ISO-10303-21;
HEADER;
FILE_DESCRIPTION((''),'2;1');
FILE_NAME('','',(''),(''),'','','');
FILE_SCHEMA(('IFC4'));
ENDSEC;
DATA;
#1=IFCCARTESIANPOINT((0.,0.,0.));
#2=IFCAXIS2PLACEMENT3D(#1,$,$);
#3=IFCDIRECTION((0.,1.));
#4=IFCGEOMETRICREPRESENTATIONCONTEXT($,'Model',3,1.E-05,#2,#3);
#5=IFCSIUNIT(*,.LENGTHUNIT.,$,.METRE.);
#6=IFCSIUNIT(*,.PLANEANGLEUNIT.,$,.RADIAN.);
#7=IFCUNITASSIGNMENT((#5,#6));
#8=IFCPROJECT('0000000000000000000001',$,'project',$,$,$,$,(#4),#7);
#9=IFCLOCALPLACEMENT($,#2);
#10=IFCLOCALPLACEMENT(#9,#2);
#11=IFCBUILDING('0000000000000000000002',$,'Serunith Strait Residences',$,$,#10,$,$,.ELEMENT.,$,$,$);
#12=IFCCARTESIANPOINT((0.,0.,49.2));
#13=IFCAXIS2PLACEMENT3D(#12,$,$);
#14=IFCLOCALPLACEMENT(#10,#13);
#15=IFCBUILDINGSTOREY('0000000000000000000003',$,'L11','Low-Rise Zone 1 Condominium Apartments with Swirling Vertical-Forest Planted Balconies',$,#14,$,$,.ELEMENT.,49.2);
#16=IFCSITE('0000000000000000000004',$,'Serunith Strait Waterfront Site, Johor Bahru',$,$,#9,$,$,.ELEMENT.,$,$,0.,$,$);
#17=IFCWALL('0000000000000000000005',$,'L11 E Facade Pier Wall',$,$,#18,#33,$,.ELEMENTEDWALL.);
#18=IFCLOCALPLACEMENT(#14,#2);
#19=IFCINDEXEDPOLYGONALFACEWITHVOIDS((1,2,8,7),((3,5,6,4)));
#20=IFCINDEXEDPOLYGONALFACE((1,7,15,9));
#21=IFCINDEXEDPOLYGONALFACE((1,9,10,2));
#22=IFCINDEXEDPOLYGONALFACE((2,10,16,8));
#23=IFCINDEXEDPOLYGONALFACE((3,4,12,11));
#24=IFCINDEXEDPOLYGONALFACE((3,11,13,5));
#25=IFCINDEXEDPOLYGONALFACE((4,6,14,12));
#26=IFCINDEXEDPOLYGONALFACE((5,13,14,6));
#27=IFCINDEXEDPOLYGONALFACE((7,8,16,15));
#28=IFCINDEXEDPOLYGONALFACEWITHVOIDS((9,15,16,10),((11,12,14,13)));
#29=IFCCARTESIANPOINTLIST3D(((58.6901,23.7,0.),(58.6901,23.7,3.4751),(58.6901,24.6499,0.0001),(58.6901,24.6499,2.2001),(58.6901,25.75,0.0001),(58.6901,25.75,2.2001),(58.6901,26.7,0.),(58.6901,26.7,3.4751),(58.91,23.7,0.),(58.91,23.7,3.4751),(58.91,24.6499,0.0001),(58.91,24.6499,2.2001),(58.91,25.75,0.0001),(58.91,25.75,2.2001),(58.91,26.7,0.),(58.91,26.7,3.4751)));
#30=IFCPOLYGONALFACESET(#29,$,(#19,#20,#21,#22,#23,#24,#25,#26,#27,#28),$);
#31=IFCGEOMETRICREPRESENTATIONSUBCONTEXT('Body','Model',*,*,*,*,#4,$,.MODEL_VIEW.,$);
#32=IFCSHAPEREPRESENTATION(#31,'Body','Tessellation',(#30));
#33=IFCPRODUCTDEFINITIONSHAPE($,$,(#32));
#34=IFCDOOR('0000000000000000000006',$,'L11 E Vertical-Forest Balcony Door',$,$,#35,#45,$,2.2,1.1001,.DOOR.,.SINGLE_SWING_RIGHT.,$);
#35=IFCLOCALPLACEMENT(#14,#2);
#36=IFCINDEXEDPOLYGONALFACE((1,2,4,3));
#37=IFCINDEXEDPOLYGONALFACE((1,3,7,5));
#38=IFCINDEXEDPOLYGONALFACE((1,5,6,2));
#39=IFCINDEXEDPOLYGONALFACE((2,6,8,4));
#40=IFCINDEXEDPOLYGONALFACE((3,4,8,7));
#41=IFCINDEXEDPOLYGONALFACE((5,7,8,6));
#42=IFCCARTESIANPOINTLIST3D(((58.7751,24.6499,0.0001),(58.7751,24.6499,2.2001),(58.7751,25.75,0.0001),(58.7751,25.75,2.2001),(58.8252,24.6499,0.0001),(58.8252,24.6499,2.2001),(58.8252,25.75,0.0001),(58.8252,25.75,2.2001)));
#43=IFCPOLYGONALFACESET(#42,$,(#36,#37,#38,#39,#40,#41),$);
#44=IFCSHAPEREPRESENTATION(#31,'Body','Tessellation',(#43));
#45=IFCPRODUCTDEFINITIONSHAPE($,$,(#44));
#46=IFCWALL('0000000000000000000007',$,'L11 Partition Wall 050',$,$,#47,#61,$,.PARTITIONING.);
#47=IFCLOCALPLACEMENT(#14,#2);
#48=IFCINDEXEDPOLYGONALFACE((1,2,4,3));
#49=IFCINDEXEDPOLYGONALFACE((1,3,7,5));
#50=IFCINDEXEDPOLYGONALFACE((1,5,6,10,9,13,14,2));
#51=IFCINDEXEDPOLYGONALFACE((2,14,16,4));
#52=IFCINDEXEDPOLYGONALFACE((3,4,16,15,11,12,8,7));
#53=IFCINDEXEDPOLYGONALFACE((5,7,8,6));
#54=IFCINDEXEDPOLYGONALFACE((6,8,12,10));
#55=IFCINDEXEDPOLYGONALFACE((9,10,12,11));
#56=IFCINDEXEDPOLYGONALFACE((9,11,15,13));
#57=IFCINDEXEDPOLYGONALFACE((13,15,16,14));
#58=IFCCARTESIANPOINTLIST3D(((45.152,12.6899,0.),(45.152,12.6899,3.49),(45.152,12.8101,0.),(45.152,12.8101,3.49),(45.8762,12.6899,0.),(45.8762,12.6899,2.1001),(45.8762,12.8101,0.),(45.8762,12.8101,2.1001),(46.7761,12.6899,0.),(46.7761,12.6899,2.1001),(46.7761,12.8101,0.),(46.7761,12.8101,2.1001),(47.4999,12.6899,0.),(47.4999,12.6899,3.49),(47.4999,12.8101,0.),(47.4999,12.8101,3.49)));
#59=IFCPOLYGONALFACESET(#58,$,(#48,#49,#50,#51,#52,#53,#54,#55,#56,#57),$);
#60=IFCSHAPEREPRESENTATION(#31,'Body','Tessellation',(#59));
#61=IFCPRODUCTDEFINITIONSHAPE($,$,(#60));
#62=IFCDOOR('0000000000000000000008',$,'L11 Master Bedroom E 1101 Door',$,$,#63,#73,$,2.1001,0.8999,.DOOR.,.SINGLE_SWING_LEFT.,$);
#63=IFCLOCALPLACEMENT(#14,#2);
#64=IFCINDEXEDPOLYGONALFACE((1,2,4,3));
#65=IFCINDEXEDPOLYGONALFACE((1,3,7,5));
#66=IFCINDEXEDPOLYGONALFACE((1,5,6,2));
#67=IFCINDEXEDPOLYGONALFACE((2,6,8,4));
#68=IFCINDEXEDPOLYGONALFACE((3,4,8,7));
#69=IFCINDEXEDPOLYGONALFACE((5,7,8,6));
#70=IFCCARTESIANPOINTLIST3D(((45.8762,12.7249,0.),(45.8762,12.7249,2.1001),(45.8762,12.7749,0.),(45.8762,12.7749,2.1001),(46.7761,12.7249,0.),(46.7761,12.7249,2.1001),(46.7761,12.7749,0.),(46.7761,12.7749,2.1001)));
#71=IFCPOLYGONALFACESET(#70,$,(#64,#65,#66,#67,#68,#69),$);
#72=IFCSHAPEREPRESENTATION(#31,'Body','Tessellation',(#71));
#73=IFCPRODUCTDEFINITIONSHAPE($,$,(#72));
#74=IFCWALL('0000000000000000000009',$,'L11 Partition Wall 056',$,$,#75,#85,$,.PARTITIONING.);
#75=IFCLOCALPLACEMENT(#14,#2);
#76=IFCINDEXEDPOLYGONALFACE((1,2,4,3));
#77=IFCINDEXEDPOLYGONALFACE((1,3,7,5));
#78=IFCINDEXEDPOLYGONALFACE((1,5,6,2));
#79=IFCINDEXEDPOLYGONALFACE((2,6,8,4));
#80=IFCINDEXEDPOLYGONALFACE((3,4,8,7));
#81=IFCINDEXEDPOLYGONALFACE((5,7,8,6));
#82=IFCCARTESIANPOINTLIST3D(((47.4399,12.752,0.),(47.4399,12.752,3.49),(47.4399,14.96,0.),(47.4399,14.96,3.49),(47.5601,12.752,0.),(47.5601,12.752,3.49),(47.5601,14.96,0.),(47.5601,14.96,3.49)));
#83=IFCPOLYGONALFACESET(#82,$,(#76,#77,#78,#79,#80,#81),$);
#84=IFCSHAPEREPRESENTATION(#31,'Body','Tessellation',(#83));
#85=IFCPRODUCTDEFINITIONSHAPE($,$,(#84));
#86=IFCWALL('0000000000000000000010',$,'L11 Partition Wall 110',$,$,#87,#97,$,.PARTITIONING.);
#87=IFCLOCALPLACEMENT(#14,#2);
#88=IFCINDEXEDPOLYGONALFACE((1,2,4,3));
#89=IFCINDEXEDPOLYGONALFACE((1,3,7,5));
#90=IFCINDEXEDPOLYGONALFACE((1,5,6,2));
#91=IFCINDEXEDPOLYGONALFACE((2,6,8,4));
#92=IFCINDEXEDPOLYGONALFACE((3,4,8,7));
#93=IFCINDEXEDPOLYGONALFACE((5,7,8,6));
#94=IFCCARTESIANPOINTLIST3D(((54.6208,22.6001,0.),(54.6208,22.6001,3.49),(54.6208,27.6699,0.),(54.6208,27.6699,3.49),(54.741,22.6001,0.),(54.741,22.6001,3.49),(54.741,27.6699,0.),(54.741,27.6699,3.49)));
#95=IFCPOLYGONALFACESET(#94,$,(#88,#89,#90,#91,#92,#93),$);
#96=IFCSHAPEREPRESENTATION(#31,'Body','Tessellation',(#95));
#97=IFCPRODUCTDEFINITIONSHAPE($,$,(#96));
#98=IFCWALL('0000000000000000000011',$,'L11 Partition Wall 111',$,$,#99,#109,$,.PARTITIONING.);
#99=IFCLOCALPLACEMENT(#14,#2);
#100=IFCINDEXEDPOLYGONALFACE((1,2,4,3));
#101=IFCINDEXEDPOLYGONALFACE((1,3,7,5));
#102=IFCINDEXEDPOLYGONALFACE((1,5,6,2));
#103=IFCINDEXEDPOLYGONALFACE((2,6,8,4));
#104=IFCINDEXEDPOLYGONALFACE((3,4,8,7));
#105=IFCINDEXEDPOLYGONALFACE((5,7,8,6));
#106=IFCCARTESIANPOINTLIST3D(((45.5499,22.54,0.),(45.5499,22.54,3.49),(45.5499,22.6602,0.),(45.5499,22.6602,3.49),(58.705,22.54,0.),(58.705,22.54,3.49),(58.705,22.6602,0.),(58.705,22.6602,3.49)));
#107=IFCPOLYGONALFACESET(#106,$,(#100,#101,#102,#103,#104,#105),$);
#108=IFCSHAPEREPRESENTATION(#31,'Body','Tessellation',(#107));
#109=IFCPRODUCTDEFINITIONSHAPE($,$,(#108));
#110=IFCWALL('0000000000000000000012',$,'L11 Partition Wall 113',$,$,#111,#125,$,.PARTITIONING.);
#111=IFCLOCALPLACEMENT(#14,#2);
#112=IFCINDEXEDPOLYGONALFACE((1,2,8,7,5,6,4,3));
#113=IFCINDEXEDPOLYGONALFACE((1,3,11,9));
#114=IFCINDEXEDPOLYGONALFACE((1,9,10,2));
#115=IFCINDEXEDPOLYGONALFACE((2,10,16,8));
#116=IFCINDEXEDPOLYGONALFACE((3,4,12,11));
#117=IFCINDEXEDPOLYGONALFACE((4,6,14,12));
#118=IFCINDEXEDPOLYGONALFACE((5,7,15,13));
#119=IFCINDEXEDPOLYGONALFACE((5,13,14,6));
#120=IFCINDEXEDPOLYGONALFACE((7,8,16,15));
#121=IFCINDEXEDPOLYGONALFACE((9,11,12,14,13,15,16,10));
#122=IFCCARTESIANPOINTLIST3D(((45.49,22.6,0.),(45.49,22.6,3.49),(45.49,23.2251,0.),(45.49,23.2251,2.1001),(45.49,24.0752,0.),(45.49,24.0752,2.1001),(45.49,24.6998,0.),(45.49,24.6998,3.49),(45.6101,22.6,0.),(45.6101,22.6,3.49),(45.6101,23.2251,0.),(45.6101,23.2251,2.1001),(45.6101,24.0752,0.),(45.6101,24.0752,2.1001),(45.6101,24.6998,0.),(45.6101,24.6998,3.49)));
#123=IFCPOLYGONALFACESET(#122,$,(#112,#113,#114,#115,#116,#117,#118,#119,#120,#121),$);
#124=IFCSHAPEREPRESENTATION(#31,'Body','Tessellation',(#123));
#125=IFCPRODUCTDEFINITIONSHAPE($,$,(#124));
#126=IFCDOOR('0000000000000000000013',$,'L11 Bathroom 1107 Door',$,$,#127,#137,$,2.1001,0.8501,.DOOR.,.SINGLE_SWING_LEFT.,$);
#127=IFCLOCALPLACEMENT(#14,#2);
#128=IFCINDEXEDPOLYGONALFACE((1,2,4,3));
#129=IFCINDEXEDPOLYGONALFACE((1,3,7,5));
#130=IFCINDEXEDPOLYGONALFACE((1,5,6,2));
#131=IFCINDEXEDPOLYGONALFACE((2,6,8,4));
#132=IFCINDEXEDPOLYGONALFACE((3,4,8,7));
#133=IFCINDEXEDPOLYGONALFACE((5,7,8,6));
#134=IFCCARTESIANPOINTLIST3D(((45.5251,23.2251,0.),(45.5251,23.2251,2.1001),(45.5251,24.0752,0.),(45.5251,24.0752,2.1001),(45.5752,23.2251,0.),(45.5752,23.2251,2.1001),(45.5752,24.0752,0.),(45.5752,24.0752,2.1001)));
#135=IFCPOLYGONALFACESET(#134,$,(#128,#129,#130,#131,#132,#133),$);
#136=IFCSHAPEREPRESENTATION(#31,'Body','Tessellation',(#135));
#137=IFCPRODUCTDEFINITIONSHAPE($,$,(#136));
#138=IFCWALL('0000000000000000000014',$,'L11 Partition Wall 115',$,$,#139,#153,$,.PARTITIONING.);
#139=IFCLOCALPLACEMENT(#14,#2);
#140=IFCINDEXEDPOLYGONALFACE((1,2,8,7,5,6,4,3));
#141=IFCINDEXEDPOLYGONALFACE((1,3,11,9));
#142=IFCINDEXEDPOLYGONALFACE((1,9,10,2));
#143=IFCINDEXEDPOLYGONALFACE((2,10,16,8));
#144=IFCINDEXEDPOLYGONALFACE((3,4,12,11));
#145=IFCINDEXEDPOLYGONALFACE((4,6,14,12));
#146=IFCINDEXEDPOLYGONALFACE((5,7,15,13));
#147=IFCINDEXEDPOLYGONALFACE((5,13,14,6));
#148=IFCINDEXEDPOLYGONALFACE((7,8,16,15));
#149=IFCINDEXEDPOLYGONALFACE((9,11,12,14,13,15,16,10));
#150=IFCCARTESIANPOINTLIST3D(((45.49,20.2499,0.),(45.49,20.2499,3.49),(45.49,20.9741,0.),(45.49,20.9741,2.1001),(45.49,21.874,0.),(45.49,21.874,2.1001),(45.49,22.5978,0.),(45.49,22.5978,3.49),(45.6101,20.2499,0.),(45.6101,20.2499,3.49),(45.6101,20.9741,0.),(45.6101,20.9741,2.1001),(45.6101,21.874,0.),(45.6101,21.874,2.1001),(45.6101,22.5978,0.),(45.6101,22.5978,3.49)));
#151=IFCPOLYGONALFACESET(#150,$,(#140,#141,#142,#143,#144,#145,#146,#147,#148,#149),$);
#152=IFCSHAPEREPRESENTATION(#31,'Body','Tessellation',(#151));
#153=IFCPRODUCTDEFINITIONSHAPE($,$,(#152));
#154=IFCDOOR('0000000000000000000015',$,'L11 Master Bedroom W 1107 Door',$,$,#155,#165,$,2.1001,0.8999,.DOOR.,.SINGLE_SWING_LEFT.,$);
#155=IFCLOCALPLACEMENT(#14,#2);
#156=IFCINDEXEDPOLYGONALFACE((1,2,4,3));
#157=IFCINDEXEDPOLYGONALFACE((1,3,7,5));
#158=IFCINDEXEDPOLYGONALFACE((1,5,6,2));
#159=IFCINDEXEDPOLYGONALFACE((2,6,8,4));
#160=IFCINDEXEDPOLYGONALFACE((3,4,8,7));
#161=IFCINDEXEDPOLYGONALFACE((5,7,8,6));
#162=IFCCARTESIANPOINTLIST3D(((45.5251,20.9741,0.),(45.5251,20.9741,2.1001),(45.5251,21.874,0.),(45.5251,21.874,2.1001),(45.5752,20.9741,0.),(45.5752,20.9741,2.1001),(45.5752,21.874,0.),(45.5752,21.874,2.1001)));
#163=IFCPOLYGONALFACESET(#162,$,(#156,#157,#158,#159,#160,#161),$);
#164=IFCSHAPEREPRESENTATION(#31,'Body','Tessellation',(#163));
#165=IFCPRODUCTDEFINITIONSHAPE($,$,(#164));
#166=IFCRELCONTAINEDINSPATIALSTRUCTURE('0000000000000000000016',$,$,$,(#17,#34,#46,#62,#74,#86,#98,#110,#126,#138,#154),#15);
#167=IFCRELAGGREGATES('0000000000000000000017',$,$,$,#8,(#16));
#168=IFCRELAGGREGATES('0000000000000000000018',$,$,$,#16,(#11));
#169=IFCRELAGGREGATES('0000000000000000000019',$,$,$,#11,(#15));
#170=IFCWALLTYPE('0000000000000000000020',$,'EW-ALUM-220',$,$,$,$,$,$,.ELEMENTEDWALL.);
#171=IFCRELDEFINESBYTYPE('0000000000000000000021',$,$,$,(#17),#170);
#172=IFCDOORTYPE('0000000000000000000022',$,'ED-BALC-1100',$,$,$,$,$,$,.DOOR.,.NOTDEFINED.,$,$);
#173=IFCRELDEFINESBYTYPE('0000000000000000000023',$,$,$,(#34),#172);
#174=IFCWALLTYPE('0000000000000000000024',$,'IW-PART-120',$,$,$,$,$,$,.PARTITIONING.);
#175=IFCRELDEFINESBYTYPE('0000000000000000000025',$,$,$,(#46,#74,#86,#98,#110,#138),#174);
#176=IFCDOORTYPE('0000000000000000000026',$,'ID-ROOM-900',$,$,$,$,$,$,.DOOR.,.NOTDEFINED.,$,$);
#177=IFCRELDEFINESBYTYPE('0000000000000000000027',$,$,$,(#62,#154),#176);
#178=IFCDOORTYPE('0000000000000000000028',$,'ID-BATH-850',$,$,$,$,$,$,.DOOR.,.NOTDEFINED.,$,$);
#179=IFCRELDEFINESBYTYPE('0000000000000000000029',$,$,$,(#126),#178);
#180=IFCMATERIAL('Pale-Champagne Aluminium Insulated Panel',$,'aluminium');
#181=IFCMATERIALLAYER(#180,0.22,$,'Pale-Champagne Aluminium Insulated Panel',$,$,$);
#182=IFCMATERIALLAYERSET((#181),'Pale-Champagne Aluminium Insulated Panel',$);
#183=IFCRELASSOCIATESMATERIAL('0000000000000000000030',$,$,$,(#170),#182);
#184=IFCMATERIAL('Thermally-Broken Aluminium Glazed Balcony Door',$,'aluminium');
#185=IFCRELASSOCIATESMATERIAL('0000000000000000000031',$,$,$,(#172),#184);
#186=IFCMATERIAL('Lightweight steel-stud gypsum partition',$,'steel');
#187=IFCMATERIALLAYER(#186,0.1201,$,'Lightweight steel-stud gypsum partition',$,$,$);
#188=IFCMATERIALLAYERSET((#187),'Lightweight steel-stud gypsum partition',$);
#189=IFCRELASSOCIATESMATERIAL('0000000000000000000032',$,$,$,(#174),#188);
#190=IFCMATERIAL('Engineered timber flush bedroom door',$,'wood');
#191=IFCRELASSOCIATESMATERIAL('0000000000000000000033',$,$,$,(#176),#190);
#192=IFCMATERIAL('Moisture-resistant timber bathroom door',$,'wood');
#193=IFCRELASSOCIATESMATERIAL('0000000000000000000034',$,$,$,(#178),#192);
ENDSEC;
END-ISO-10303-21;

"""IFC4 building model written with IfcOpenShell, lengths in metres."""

from ifc_helpers import new_model, si_unit, direction, frame, frame_2d, origin, place, context, subcontext, project, spatial, rectangle, extrude, source, transform, mapped, material, layer, layer_set, type_object, element, fill, save


model = new_model("IFC4")

# Units and contexts
model_context = context("Model", 3, precision=1e-05, world=origin(), true_north=direction((0.0, 1.0)))
body_context = subcontext(model_context, "Body", "Model", "MODEL_VIEW")
ifc_project = project(units=[si_unit("LENGTHUNIT", "METRE"), si_unit("PLANEANGLEUNIT", "RADIAN")], contexts=[model_context])

# Site, building, storey
site_placement = place(None, origin())
site = spatial("IfcSite", under=ifc_project, at=site_placement, Name="Serunith Strait Waterfront Site, Johor Bahru", CompositionType="ELEMENT", RefElevation=0.0)
building_placement = place(site_placement, origin())
building = spatial("IfcBuilding", under=site, at=building_placement, Name="Serunith Strait Residences", CompositionType="ELEMENT")
storey_placement = place(building_placement, frame((0.0, 0.0, 49.2)))
storey = spatial("IfcBuildingStorey", under=building, at=storey_placement, Name="L11", Description="Low-Rise Zone 1 Condominium Apartments with Swirling Vertical-Forest Planted Balconies", CompositionType="ELEMENT", Elevation=49.2)

# Walls, openings, doors
ifc_material_1 = material(Name="Pale-Champagne Aluminium Insulated Panel", Category="aluminium")
ifc_layer_1 = layer(ifc_material_1, 0.22, Name="Pale-Champagne Aluminium Insulated Panel")
ifc_layer_set_1 = layer_set([ifc_layer_1], Name="Pale-Champagne Aluminium Insulated Panel")
wall_type_1 = type_object("IfcWallType", Name="EW-ALUM-220", PredefinedType="ELEMENTEDWALL", material=ifc_layer_set_1)
wall_1_placement = place(storey_placement, frame((58.8, 23.7, 0.0), z_axis=(0.0, 0.0, 1.0), x_axis=(0.0, 1.0, 0.0)))
wall_1 = element("IfcWall", 1, at=wall_1_placement, inside=storey, type_object=wall_type_1, Name="L11 E Facade Pier Wall", PredefinedType="ELEMENTEDWALL", context=body_context, shape_type="SweptSolid", body=[
    extrude(rectangle(XDim=3.0, YDim=0.22, at=frame_2d((1.5, 0.0))), origin(), (0.0, 0.0, 1.0), 3.4751),
])
opening_1_placement = place(wall_1_placement, frame((0.95, 0.0, 0.0)))
opening_1 = element("IfcOpeningElement", 2, at=opening_1_placement, cuts=wall_1, PredefinedType="OPENING", context=body_context, shape_type="SweptSolid", body=[
    extrude(rectangle(XDim=1.1001, YDim=2.2, at=frame_2d((0.55, 1.1001))), frame((0.0, 0.1201, 0.0), z_axis=(0.0, -1.0, 0.0), x_axis=(1.0, 0.0, 0.0)), (0.0, 0.0, 1.0), 0.24),
])
ifc_material_2 = material(Name="Thermally-Broken Aluminium Glazed Balcony Door", Category="aluminium")
door_type_1 = type_object("IfcDoorType", Name="ED-BALC-1100", OperationType="NOTDEFINED", PredefinedType="DOOR", material=ifc_material_2)
shared_shape_1 = source(origin(), body_context, "Body", "SweptSolid", [
    extrude(rectangle(XDim=1.1001, YDim=2.2, at=frame_2d((0.55, 1.1001))), frame((0.0, 0.0249, 0.0), z_axis=(0.0, -1.0, 0.0), x_axis=(1.0, 0.0, 0.0)), (0.0, 0.0, 1.0), 0.05),
])
door_1_placement = place(opening_1_placement, origin())
door_1 = element("IfcDoor", 3, at=door_1_placement, inside=storey, type_object=door_type_1, Name="L11 E Vertical-Forest Balcony Door", OperationType="SINGLE_SWING_RIGHT", OverallHeight=2.2, OverallWidth=1.1001, PredefinedType="DOOR", context=body_context, shape_type="MappedRepresentation", body=[
    mapped(shared_shape_1, transform((0.0, 0.0, 0.0), scale=1.0)),
])
fill(opening_1, door_1)
ifc_material_3 = material(Name="Lightweight steel-stud gypsum partition", Category="steel")
ifc_layer_2 = layer(ifc_material_3, 0.1201, Name="Lightweight steel-stud gypsum partition")
ifc_layer_set_2 = layer_set([ifc_layer_2], Name="Lightweight steel-stud gypsum partition")
wall_type_2 = type_object("IfcWallType", Name="IW-PART-120", PredefinedType="PARTITIONING", material=ifc_layer_set_2)
wall_2_placement = place(storey_placement, frame((45.1521, 12.75, 0.0), z_axis=(0.0, 0.0, 1.0), x_axis=(1.0, 0.0, 0.0)))
wall_2 = element("IfcWall", 4, at=wall_2_placement, inside=storey, type_object=wall_type_2, Name="L11 Partition Wall 050", PredefinedType="PARTITIONING", context=body_context, shape_type="SweptSolid", body=[
    extrude(rectangle(XDim=2.3479, YDim=0.1201, at=frame_2d((1.1738, 0.0))), origin(), (0.0, 0.0, 1.0), 3.49),
])
opening_2_placement = place(wall_2_placement, frame((0.7241, 0.0, 0.0)))
opening_2 = element("IfcOpeningElement", 5, at=opening_2_placement, cuts=wall_2, PredefinedType="OPENING", context=body_context, shape_type="SweptSolid", body=[
    extrude(rectangle(XDim=0.8999, YDim=2.1001, at=frame_2d((0.45, 1.05))), frame((0.0, 0.0701, 0.0), z_axis=(0.0, -1.0, 0.0), x_axis=(1.0, 0.0, 0.0)), (0.0, 0.0, 1.0), 0.1401),
])
ifc_material_4 = material(Name="Engineered timber flush bedroom door", Category="wood")
door_type_2 = type_object("IfcDoorType", Name="ID-ROOM-900", OperationType="NOTDEFINED", PredefinedType="DOOR", material=ifc_material_4)
shared_shape_2 = source(origin(), body_context, "Body", "SweptSolid", [
    extrude(rectangle(XDim=0.8999, YDim=2.1001, at=frame_2d((0.45, 1.05))), frame((0.0, 0.0249, 0.0), z_axis=(0.0, -1.0, 0.0), x_axis=(1.0, 0.0, 0.0)), (0.0, 0.0, 1.0), 0.05),
])
door_2_placement = place(opening_2_placement, origin())
door_2 = element("IfcDoor", 6, at=door_2_placement, inside=storey, type_object=door_type_2, Name="L11 Master Bedroom E 1101 Door", OperationType="SINGLE_SWING_LEFT", OverallHeight=2.1001, OverallWidth=0.8999, PredefinedType="DOOR", context=body_context, shape_type="MappedRepresentation", body=[
    mapped(shared_shape_2, transform((0.0, 0.0, 0.0), scale=1.0)),
])
fill(opening_2, door_2)

# Walls
wall_3_placement = place(storey_placement, frame((47.5, 12.752, 0.0), z_axis=(0.0, 0.0, 1.0), x_axis=(0.0, 1.0, 0.0)))
element("IfcWall", 7, at=wall_3_placement, inside=storey, type_object=wall_type_2, Name="L11 Partition Wall 056", PredefinedType="PARTITIONING", context=body_context, shape_type="SweptSolid", body=[
    extrude(rectangle(XDim=2.208, YDim=0.1201, at=frame_2d((1.104, 0.0))), origin(), (0.0, 0.0, 1.0), 3.49),
])
wall_4_placement = place(storey_placement, frame((54.6809, 22.6001, 0.0), z_axis=(0.0, 0.0, 1.0), x_axis=(0.0, 1.0, 0.0)))
element("IfcWall", 8, at=wall_4_placement, inside=storey, type_object=wall_type_2, Name="L11 Partition Wall 110", PredefinedType="PARTITIONING", context=body_context, shape_type="SweptSolid", body=[
    extrude(rectangle(XDim=5.0698, YDim=0.1201, at=frame_2d((2.5349, 0.0))), origin(), (0.0, 0.0, 1.0), 3.49),
])
wall_5_placement = place(storey_placement, frame((58.7051, 22.6001, 0.0), z_axis=(0.0, 0.0, 1.0), x_axis=(-1.0, 0.0, 0.0)))
element("IfcWall", 9, at=wall_5_placement, inside=storey, type_object=wall_type_2, Name="L11 Partition Wall 111", PredefinedType="PARTITIONING", context=body_context, shape_type="SweptSolid", body=[
    extrude(rectangle(XDim=13.155, YDim=0.1201, at=frame_2d((6.5776, 0.0))), origin(), (0.0, 0.0, 1.0), 3.49),
])

# Walls, openings, doors
wall_6_placement = place(storey_placement, frame((45.55, 22.6001, 0.0), z_axis=(0.0, 0.0, 1.0), x_axis=(0.0, 1.0, 0.0)))
wall_6 = element("IfcWall", 10, at=wall_6_placement, inside=storey, type_object=wall_type_2, Name="L11 Partition Wall 113", PredefinedType="PARTITIONING", context=body_context, shape_type="SweptSolid", body=[
    extrude(rectangle(XDim=2.0999, YDim=0.1201, at=frame_2d((1.0498, 0.0))), origin(), (0.0, 0.0, 1.0), 3.49),
])
opening_3_placement = place(wall_6_placement, frame((0.625, 0.0, 0.0)))
opening_3 = element("IfcOpeningElement", 11, at=opening_3_placement, cuts=wall_6, PredefinedType="OPENING", context=body_context, shape_type="SweptSolid", body=[
    extrude(rectangle(XDim=0.8501, YDim=2.1001, at=frame_2d((0.425, 1.05))), frame((0.0, 0.0701, 0.0), z_axis=(0.0, -1.0, 0.0), x_axis=(1.0, 0.0, 0.0)), (0.0, 0.0, 1.0), 0.1401),
])
ifc_material_5 = material(Name="Moisture-resistant timber bathroom door", Category="wood")
door_type_3 = type_object("IfcDoorType", Name="ID-BATH-850", OperationType="NOTDEFINED", PredefinedType="DOOR", material=ifc_material_5)
shared_shape_3 = source(origin(), body_context, "Body", "SweptSolid", [
    extrude(rectangle(XDim=0.8501, YDim=2.1001, at=frame_2d((0.425, 1.05))), frame((0.0, 0.0249, 0.0), z_axis=(0.0, -1.0, 0.0), x_axis=(1.0, 0.0, 0.0)), (0.0, 0.0, 1.0), 0.05),
])
door_3_placement = place(opening_3_placement, origin())
door_3 = element("IfcDoor", 12, at=door_3_placement, inside=storey, type_object=door_type_3, Name="L11 Bathroom 1107 Door", OperationType="SINGLE_SWING_LEFT", OverallHeight=2.1001, OverallWidth=0.8501, PredefinedType="DOOR", context=body_context, shape_type="MappedRepresentation", body=[
    mapped(shared_shape_3, transform((0.0, 0.0, 0.0), scale=1.0)),
])
fill(opening_3, door_3)
wall_7_placement = place(storey_placement, frame((45.55, 20.25, 0.0), z_axis=(0.0, 0.0, 1.0), x_axis=(0.0, 1.0, 0.0)))
wall_7 = element("IfcWall", 13, at=wall_7_placement, inside=storey, type_object=wall_type_2, Name="L11 Partition Wall 115", PredefinedType="PARTITIONING", context=body_context, shape_type="SweptSolid", body=[
    extrude(rectangle(XDim=2.3479, YDim=0.1201, at=frame_2d((1.1738, 0.0))), origin(), (0.0, 0.0, 1.0), 3.49),
])
opening_4_placement = place(wall_7_placement, frame((0.7241, 0.0, 0.0)))
opening_4 = element("IfcOpeningElement", 14, at=opening_4_placement, cuts=wall_7, PredefinedType="OPENING", context=body_context, shape_type="SweptSolid", body=[
    extrude(rectangle(XDim=0.8999, YDim=2.1001, at=frame_2d((0.45, 1.05))), frame((0.0, 0.0701, 0.0), z_axis=(0.0, -1.0, 0.0), x_axis=(1.0, 0.0, 0.0)), (0.0, 0.0, 1.0), 0.1401),
])
door_4_placement = place(opening_4_placement, origin())
door_4 = element("IfcDoor", 15, at=door_4_placement, inside=storey, type_object=door_type_2, Name="L11 Master Bedroom W 1107 Door", OperationType="SINGLE_SWING_LEFT", OverallHeight=2.1001, OverallWidth=0.8999, PredefinedType="DOOR", context=body_context, shape_type="MappedRepresentation", body=[
    mapped(shared_shape_2, transform((0.0, 0.0, 0.0), scale=1.0)),
])
fill(opening_4, door_4)

save(model, "model.ifc")
